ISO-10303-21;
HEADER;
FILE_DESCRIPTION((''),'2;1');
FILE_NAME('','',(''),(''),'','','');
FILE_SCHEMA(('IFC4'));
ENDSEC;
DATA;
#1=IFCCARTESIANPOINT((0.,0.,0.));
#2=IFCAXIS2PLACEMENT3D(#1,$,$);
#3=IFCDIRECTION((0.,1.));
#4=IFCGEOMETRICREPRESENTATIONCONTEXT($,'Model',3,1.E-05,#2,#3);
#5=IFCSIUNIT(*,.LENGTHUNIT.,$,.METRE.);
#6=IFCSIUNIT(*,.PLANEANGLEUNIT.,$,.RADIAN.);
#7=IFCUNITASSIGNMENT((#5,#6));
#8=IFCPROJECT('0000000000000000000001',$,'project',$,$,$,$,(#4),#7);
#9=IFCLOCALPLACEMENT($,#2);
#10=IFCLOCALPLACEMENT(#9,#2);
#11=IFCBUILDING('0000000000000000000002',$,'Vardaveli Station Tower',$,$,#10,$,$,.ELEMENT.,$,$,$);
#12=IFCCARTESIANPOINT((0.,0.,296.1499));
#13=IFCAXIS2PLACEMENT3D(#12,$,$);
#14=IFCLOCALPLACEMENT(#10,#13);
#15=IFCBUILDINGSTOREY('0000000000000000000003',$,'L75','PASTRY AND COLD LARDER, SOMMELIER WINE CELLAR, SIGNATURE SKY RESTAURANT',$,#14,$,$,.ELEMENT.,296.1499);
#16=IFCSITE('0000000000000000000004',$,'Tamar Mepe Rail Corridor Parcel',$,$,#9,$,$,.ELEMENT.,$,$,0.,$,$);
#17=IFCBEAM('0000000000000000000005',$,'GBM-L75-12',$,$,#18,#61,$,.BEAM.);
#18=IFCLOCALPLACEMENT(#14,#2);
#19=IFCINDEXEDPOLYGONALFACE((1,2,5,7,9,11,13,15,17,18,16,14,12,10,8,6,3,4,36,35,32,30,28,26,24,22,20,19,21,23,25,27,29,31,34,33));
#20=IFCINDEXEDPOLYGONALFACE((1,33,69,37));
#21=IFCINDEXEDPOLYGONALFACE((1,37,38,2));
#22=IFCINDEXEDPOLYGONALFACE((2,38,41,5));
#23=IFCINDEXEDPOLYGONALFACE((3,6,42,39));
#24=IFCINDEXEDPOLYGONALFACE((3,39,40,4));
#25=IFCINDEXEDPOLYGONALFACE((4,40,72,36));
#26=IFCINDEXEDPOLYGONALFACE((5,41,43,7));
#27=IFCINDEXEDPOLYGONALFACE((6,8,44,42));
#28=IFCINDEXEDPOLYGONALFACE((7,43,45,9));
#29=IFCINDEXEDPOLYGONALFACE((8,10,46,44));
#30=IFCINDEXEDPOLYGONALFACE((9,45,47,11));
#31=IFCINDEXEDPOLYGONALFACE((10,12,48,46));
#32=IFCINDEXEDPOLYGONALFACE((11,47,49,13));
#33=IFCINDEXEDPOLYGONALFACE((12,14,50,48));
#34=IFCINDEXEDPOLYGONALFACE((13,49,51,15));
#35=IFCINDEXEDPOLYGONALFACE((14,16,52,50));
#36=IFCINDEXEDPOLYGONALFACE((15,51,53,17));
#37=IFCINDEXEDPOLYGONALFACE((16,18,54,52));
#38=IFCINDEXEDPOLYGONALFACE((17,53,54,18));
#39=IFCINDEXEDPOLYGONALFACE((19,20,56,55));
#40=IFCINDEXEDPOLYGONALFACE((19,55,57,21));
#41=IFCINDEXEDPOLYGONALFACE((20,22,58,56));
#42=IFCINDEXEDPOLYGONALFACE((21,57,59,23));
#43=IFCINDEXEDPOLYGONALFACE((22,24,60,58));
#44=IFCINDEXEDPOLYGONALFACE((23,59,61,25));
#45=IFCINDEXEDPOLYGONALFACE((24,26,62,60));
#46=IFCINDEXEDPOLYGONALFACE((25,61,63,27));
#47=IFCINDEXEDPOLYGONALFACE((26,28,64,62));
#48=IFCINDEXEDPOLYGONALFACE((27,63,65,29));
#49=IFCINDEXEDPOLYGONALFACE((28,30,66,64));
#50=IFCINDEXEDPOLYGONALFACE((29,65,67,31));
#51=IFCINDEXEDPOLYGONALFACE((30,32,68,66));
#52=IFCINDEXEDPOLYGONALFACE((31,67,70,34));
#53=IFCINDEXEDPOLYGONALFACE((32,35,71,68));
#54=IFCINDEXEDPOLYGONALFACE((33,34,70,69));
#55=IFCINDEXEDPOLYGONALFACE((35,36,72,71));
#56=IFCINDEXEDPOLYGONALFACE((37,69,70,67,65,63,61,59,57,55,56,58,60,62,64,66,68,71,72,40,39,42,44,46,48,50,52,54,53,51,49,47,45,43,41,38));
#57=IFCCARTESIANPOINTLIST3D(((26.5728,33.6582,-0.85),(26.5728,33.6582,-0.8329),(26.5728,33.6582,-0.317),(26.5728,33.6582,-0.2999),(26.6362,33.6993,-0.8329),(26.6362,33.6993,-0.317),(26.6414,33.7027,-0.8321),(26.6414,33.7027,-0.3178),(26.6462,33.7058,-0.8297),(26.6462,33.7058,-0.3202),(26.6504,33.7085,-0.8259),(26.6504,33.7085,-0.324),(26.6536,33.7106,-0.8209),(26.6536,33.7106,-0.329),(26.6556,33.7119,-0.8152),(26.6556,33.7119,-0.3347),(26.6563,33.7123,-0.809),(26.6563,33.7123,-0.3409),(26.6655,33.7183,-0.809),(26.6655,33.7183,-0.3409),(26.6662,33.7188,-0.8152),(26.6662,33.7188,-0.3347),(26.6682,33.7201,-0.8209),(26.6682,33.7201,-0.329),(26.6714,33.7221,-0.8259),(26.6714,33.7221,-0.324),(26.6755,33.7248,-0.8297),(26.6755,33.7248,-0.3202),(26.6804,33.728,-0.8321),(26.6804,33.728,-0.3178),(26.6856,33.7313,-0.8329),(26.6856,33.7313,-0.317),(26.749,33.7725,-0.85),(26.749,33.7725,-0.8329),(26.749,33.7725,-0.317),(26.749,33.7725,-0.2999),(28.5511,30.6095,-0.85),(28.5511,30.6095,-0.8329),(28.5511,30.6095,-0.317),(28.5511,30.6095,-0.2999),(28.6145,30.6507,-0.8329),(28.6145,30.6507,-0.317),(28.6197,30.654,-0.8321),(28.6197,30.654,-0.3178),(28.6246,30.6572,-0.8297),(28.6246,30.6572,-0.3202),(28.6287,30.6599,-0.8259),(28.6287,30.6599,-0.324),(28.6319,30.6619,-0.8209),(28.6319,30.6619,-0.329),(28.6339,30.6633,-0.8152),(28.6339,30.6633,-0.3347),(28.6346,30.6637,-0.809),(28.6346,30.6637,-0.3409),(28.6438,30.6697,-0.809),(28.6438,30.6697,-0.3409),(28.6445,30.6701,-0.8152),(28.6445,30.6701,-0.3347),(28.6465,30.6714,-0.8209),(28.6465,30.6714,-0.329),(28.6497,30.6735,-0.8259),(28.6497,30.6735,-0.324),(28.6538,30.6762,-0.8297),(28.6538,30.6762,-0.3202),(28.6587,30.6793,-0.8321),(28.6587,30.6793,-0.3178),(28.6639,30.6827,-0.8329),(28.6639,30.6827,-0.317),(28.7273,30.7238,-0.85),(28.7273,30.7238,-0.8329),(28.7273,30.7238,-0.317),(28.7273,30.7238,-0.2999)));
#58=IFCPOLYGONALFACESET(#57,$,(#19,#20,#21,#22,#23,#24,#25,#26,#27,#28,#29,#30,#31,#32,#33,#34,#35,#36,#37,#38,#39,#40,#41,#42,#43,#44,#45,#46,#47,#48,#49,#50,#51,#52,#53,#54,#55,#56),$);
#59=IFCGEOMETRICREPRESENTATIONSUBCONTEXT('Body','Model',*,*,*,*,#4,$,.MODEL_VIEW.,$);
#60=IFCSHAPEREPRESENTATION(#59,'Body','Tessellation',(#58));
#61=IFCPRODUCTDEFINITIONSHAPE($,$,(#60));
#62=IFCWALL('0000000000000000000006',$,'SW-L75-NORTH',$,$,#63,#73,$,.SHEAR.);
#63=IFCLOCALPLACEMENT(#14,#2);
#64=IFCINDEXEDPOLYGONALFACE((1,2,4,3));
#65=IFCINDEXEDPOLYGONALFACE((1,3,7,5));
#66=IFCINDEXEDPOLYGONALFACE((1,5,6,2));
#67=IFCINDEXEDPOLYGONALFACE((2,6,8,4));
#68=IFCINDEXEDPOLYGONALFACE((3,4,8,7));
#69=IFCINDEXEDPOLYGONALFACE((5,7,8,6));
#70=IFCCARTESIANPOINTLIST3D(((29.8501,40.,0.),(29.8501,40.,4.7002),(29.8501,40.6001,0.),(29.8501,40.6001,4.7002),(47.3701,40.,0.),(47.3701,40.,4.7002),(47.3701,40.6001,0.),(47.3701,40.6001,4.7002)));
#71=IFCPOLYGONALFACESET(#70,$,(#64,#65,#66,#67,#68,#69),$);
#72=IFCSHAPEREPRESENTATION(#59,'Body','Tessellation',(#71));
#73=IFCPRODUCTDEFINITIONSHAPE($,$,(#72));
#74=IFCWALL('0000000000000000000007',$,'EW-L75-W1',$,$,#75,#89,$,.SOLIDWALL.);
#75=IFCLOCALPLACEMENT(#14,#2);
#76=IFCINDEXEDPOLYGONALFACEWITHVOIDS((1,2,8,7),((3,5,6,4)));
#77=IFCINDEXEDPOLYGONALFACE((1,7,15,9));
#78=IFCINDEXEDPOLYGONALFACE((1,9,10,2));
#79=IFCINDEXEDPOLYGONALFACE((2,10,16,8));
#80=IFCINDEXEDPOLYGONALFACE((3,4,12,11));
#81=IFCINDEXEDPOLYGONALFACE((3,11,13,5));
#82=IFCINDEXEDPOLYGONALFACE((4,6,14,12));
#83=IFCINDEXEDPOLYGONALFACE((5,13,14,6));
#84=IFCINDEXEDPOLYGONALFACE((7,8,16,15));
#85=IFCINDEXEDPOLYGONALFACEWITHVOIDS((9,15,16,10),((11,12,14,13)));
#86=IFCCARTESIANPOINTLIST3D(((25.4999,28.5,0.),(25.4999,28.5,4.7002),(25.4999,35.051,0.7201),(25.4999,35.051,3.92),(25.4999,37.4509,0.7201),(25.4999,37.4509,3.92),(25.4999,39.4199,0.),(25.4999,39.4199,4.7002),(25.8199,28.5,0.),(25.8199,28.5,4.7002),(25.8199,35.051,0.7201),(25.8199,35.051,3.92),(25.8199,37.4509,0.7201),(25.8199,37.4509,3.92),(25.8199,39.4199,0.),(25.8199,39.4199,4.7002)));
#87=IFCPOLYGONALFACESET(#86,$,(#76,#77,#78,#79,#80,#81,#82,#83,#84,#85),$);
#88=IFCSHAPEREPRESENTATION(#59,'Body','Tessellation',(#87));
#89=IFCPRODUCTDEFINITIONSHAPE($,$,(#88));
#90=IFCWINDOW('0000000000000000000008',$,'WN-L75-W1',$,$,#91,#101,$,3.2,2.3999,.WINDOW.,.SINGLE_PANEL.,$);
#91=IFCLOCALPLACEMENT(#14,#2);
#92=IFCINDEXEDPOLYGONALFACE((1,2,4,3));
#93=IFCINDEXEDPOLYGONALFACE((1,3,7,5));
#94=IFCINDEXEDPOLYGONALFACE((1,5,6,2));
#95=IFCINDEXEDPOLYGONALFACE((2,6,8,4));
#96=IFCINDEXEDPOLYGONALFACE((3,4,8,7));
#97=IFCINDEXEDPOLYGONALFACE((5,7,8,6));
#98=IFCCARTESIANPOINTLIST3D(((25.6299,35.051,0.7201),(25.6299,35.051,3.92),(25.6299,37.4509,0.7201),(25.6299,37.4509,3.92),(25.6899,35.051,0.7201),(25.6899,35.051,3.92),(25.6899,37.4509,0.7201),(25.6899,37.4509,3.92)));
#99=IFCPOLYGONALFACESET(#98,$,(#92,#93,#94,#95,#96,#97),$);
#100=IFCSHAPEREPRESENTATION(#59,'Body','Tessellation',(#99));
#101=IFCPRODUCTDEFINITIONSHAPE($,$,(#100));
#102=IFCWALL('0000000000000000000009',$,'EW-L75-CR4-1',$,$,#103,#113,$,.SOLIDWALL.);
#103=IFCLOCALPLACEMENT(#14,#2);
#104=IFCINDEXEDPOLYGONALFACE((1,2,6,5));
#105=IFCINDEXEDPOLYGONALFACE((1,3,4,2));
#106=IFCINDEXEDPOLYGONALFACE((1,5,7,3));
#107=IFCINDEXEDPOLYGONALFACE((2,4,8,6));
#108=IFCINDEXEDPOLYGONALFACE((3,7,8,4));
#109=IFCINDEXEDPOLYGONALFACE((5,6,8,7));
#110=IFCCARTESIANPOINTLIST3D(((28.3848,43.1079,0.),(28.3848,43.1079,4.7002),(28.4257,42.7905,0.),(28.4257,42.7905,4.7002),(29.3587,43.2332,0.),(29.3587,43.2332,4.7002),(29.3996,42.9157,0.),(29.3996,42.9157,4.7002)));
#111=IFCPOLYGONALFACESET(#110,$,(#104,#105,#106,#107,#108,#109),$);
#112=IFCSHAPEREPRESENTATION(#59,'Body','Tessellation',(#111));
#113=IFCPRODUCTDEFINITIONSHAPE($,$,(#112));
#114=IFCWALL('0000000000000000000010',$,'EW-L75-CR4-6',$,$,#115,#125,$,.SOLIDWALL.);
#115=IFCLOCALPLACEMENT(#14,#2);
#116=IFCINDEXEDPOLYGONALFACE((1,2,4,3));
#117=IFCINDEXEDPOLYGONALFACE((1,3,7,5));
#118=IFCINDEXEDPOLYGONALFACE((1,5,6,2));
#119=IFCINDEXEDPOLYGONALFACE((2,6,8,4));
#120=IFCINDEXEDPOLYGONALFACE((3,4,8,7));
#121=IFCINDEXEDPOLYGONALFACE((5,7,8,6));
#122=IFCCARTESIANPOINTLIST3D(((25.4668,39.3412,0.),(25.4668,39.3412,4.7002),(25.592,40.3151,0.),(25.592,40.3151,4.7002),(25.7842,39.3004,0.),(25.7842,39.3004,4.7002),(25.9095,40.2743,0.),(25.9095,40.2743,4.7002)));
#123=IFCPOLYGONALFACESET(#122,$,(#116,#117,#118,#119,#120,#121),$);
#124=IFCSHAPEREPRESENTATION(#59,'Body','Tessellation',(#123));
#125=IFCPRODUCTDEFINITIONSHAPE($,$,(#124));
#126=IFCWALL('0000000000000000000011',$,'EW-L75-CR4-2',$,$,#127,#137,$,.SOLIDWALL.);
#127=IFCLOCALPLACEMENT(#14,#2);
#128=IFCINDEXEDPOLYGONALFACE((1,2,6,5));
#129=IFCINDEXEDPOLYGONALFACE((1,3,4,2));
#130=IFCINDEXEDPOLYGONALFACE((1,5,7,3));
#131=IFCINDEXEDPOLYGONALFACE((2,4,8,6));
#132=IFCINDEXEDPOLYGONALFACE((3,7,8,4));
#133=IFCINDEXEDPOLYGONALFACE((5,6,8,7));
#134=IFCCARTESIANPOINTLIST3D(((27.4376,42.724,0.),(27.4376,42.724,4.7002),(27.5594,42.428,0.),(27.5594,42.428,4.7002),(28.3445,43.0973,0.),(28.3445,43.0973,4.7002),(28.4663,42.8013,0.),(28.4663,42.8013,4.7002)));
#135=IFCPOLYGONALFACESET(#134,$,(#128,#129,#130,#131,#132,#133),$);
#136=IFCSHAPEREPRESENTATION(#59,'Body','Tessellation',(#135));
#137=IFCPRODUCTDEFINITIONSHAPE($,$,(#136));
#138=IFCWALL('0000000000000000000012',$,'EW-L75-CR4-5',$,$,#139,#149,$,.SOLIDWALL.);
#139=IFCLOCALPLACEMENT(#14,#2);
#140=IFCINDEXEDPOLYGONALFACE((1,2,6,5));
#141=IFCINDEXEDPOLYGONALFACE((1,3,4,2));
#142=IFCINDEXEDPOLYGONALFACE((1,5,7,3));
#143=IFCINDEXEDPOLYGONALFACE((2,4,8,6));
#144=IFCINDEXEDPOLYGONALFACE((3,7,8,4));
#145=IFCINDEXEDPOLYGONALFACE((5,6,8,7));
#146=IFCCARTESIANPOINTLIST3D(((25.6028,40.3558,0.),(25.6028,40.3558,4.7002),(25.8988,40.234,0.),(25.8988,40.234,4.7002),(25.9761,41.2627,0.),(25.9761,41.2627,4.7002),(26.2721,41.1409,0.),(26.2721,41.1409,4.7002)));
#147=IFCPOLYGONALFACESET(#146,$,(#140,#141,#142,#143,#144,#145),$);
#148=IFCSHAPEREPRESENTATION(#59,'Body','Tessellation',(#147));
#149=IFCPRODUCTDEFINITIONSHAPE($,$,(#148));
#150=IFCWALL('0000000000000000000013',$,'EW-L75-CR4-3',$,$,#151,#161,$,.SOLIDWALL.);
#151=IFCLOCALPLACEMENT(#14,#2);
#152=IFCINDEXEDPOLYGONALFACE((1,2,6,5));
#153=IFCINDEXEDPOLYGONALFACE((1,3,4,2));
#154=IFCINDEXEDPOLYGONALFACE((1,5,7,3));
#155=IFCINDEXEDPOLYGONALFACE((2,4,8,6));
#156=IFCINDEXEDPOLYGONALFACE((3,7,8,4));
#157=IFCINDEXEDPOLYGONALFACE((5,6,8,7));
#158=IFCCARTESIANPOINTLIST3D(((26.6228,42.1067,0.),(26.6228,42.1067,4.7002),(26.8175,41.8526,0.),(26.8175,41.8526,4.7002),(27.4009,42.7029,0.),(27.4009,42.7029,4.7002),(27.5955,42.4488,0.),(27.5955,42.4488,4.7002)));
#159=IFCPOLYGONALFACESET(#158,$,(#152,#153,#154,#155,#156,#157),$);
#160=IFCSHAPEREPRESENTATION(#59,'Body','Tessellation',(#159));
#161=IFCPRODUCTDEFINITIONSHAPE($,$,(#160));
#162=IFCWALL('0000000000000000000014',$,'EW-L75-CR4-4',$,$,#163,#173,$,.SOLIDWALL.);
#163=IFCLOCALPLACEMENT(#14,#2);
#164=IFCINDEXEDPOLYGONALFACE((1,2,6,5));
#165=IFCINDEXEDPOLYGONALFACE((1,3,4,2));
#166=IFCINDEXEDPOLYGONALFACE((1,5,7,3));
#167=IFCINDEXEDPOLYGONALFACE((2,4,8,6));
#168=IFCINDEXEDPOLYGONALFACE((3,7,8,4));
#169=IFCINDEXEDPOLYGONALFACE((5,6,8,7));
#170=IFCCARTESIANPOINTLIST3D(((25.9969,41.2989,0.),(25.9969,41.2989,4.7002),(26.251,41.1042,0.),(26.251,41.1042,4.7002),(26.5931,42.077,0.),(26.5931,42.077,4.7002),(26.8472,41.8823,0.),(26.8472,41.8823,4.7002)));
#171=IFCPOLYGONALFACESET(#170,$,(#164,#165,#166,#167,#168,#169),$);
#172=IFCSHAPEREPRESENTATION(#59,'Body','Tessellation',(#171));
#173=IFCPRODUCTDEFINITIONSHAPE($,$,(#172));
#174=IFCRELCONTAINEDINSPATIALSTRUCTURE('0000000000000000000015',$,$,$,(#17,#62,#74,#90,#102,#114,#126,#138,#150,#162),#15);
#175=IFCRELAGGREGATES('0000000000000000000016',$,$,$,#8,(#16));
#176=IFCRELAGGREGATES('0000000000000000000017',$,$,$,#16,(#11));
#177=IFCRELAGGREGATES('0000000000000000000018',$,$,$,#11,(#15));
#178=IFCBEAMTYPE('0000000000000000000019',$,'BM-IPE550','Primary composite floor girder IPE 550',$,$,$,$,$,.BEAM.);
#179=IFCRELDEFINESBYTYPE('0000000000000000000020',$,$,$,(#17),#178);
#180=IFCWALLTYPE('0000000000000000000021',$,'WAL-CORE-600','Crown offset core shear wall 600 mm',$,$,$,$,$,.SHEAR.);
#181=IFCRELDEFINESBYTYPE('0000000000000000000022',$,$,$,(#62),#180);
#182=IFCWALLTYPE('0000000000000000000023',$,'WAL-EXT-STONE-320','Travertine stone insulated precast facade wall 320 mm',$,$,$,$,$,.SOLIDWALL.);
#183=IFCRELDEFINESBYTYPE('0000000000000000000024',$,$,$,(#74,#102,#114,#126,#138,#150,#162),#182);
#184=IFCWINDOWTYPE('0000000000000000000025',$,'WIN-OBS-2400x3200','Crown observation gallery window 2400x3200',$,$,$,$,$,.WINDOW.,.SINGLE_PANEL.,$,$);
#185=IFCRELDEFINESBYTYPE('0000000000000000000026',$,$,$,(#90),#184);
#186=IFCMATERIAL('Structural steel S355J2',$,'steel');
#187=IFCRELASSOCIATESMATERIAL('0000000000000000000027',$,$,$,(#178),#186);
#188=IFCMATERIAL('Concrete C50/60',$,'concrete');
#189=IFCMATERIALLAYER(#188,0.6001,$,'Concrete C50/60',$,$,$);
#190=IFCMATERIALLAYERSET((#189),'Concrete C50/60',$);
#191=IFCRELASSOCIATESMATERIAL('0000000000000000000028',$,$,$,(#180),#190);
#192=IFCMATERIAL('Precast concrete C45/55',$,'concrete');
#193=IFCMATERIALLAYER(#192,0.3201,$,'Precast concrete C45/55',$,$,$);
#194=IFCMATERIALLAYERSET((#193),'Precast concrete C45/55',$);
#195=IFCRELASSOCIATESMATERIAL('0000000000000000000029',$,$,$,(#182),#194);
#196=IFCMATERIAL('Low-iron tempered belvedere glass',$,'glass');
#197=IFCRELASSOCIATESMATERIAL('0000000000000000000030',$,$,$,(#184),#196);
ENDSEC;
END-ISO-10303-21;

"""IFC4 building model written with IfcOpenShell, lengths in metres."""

from ifc_helpers import new_model, si_unit, direction, frame, frame_2d, origin, origin_2d, place, context, subcontext, project, spatial, rectangle, i_section, extrude, source, transform, mapped, material, layer, layer_set, material_profile, profile_set, type_object, element, fill, save


model = new_model("IFC4")

# Units and contexts
model_context = context("Model", 3, precision=1e-05, world=origin(), true_north=direction((0.0, 1.0)))
body_context = subcontext(model_context, "Body", "Model", "MODEL_VIEW")
ifc_project = project(units=[si_unit("LENGTHUNIT", "METRE"), si_unit("PLANEANGLEUNIT", "RADIAN")], contexts=[model_context])

# Site, building, storey
site_placement = place(None, origin())
site = spatial("IfcSite", under=ifc_project, at=site_placement, Name="Tamar Mepe Rail Corridor Parcel", CompositionType="ELEMENT", RefElevation=0.0)
building_placement = place(site_placement, origin())
building = spatial("IfcBuilding", under=site, at=building_placement, Name="Vardaveli Station Tower", CompositionType="ELEMENT")
storey_placement = place(building_placement, frame((0.0, 0.0, 296.1499)))
storey = spatial("IfcBuildingStorey", under=building, at=storey_placement, Name="L75", Description="PASTRY AND COLD LARDER, SOMMELIER WINE CELLAR, SIGNATURE SKY RESTAURANT", CompositionType="ELEMENT", Elevation=296.1499)

# Shared definitions
ifc_material_1 = material(Name="Concrete C50/60", Category="concrete")
ifc_material_2 = material(Name="Structural steel S355J2", Category="steel")

# Beam
ifc_material_3 = material(Name="Precast concrete C45/55", Category="concrete")
ifc_material_profile_1 = material_profile(ifc_material_2, i_section(OverallWidth=0.21, OverallDepth=0.55, WebThickness=0.011, FlangeThickness=0.0171, FilletRadius=0.0239, at=origin_2d()), Name="IPE 550")
ifc_profile_set_1 = profile_set([ifc_material_profile_1], Name="Structural steel S355J2")
beam_type_1 = type_object("IfcBeamType", Name="BM-IPE550", Description="Primary composite floor girder IPE 550", PredefinedType="BEAM", material=ifc_profile_set_1)
shared_shape_1 = source(origin(), body_context, "Body", "SweptSolid", [
    extrude(i_section(OverallWidth=0.21, OverallDepth=0.55, WebThickness=0.011, FlangeThickness=0.0171, FilletRadius=0.0239, at=origin_2d()), origin(), (0.0, 0.0, 1.0), 3.6343),
])
beam_1_placement = place(storey_placement, frame((26.6609, 33.7153, -0.575), z_axis=(0.544348, -0.838859, 0.0), x_axis=(0.838859, 0.544348, 0.0)))
element("IfcBeam", 1, at=beam_1_placement, inside=storey, type_object=beam_type_1, Name="GBM-L75-12", PredefinedType="BEAM", context=body_context, shape_type="MappedRepresentation", body=[
    mapped(shared_shape_1, transform((0.0, 0.0, 0.0), scale=1.0)),
])

# Wall
ifc_layer_1 = layer(ifc_material_1, 0.6001, Name="Concrete C50/60")
ifc_layer_set_1 = layer_set([ifc_layer_1], Name="Concrete C50/60")
wall_type_1 = type_object("IfcWallType", Name="WAL-CORE-600", Description="Crown offset core shear wall 600 mm", PredefinedType="SHEAR", material=ifc_layer_set_1)
shared_shape_2 = source(origin(), body_context, "Body", "SweptSolid", [
    extrude(rectangle(XDim=17.52, YDim=0.6001, at=frame_2d((8.76, 0.0))), origin(), (0.0, 0.0, 1.0), 4.7002),
])
wall_1_placement = place(storey_placement, frame((29.8501, 40.3, 0.0), z_axis=(0.0, 0.0, 1.0), x_axis=(1.0, 0.0, 0.0)))
element("IfcWall", 2, at=wall_1_placement, inside=storey, type_object=wall_type_1, Name="SW-L75-NORTH", PredefinedType="SHEAR", context=body_context, shape_type="MappedRepresentation", body=[
    mapped(shared_shape_2, transform((0.0, 0.0, 0.0), scale=1.0)),
])

# Wall, opening, window
ifc_layer_2 = layer(ifc_material_3, 0.3201, Name="Precast concrete C45/55")
ifc_layer_set_2 = layer_set([ifc_layer_2], Name="Precast concrete C45/55")
wall_type_2 = type_object("IfcWallType", Name="WAL-EXT-STONE-320", Description="Travertine stone insulated precast facade wall 320 mm", PredefinedType="SOLIDWALL", material=ifc_layer_set_2)
shared_shape_3 = source(origin(), body_context, "Body", "SweptSolid", [
    extrude(rectangle(XDim=10.9199, YDim=0.3201, at=frame_2d((5.46, 0.0))), origin(), (0.0, 0.0, 1.0), 4.7002),
])
wall_2_placement = place(storey_placement, frame((25.6599, 39.4199, 0.0), z_axis=(0.0, 0.0, 1.0), x_axis=(0.0, -1.0, 0.0)))
wall_2 = element("IfcWall", 3, at=wall_2_placement, inside=storey, type_object=wall_type_2, Name="EW-L75-W1", PredefinedType="SOLIDWALL", context=body_context, shape_type="MappedRepresentation", body=[
    mapped(shared_shape_3, transform((0.0, 0.0, 0.0), scale=1.0)),
])
shared_shape_4 = source(origin(), body_context, "Body", "SweptSolid", [
    extrude(rectangle(XDim=2.3999, YDim=3.2, at=frame_2d((1.2, 1.6001))), frame((0.0, 0.1699, 0.0), z_axis=(0.0, -1.0, 0.0), x_axis=(1.0, 0.0, 0.0)), (0.0, 0.0, 1.0), 0.3401),
])
opening_1_placement = place(wall_2_placement, frame((1.969, 0.0, 0.72)))
opening_1 = element("IfcOpeningElement", 4, at=opening_1_placement, cuts=wall_2, PredefinedType="OPENING", context=body_context, shape_type="MappedRepresentation", body=[
    mapped(shared_shape_4, transform((0.0, 0.0, 0.0), scale=1.0)),
])
ifc_material_4 = material(Name="Low-iron tempered belvedere glass", Category="glass")
window_type = type_object("IfcWindowType", Name="WIN-OBS-2400x3200", Description="Crown observation gallery window 2400x3200", PartitioningType="SINGLE_PANEL", PredefinedType="WINDOW", material=ifc_material_4)
shared_shape_5 = source(origin(), body_context, "Body", "SweptSolid", [
    extrude(rectangle(XDim=2.3999, YDim=3.2, at=frame_2d((1.2, 1.6001))), frame((0.0, 0.03, 0.0), z_axis=(0.0, -1.0, 0.0), x_axis=(1.0, 0.0, 0.0)), (0.0, 0.0, 1.0), 0.0601),
])
window_placement = place(opening_1_placement, origin())
window = element("IfcWindow", 5, at=window_placement, inside=storey, type_object=window_type, Name="WN-L75-W1", OverallHeight=3.2, OverallWidth=2.3999, PartitioningType="SINGLE_PANEL", PredefinedType="WINDOW", context=body_context, shape_type="MappedRepresentation", body=[
    mapped(shared_shape_5, transform((0.0, 0.0, 0.0), scale=1.0)),
])
fill(opening_1, window)

# Walls
shared_shape_6 = source(origin(), body_context, "Body", "SweptSolid", [
    extrude(rectangle(XDim=0.9819, YDim=0.3201, at=frame_2d((0.491, 0.0))), origin(), (0.0, 0.0, 1.0), 4.7002),
])
for number, where, z_axis, x_axis, name in (
    (6, (29.3792, 43.0745, 0.0), (0.0, 0.0, 1.0), (-0.991832, -0.127553, 0.0), "EW-L75-CR4-1"),
    (7, (25.7507, 40.2947, 0.0), (0.0, 0.0, 1.0), (-0.127553, -0.991832, 0.0), "EW-L75-CR4-6"),
):
    element("IfcWall", number, at=place(storey_placement, frame(where, z_axis=z_axis, x_axis=x_axis)), inside=storey, type_object=wall_type_2, Name=name, PredefinedType="SOLIDWALL", context=body_context, shape_type="MappedRepresentation", body=[
        mapped(shared_shape_6, transform((0.0, 0.0, 0.0), scale=1.0)),
    ])
shared_shape_7 = source(origin(), body_context, "Body", "SweptSolid", [
    extrude(rectangle(XDim=0.9807, YDim=0.3201, at=frame_2d((0.4902, 0.0))), origin(), (0.0, 0.0, 1.0), 4.7002),
])
for number, where, z_axis, x_axis, name in (
    (8, (28.4053, 42.9492, 0.0), (0.0, 0.0, 1.0), (-0.92474, -0.3806, 0.0), "EW-L75-CR4-2"),
    (9, (26.124, 41.2017, 0.0), (0.0, 0.0, 1.0), (-0.3806, -0.92474, 0.0), "EW-L75-CR4-5"),
):
    element("IfcWall", number, at=place(storey_placement, frame(where, z_axis=z_axis, x_axis=x_axis)), inside=storey, type_object=wall_type_2, Name=name, PredefinedType="SOLIDWALL", context=body_context, shape_type="MappedRepresentation", body=[
        mapped(shared_shape_7, transform((0.0, 0.0, 0.0), scale=1.0)),
    ])
shared_shape_8 = source(origin(), body_context, "Body", "SweptSolid", [
    extrude(rectangle(XDim=0.9802, YDim=0.3201, at=frame_2d((0.4902, 0.0))), origin(), (0.0, 0.0, 1.0), 4.7002),
])
for number, where, z_axis, x_axis, name in (
    (10, (27.4983, 42.5759, 0.0), (0.0, 0.0, 1.0), (-0.793771, -0.608217, 0.0), "EW-L75-CR4-3"),
    (11, (26.7202, 41.9797, 0.0), (0.0, 0.0, 1.0), (-0.608217, -0.793771, 0.0), "EW-L75-CR4-4"),
):
    element("IfcWall", number, at=place(storey_placement, frame(where, z_axis=z_axis, x_axis=x_axis)), inside=storey, type_object=wall_type_2, Name=name, PredefinedType="SOLIDWALL", context=body_context, shape_type="MappedRepresentation", body=[
        mapped(shared_shape_8, transform((0.0, 0.0, 0.0), scale=1.0)),
    ])

save(model, "model.ifc")
